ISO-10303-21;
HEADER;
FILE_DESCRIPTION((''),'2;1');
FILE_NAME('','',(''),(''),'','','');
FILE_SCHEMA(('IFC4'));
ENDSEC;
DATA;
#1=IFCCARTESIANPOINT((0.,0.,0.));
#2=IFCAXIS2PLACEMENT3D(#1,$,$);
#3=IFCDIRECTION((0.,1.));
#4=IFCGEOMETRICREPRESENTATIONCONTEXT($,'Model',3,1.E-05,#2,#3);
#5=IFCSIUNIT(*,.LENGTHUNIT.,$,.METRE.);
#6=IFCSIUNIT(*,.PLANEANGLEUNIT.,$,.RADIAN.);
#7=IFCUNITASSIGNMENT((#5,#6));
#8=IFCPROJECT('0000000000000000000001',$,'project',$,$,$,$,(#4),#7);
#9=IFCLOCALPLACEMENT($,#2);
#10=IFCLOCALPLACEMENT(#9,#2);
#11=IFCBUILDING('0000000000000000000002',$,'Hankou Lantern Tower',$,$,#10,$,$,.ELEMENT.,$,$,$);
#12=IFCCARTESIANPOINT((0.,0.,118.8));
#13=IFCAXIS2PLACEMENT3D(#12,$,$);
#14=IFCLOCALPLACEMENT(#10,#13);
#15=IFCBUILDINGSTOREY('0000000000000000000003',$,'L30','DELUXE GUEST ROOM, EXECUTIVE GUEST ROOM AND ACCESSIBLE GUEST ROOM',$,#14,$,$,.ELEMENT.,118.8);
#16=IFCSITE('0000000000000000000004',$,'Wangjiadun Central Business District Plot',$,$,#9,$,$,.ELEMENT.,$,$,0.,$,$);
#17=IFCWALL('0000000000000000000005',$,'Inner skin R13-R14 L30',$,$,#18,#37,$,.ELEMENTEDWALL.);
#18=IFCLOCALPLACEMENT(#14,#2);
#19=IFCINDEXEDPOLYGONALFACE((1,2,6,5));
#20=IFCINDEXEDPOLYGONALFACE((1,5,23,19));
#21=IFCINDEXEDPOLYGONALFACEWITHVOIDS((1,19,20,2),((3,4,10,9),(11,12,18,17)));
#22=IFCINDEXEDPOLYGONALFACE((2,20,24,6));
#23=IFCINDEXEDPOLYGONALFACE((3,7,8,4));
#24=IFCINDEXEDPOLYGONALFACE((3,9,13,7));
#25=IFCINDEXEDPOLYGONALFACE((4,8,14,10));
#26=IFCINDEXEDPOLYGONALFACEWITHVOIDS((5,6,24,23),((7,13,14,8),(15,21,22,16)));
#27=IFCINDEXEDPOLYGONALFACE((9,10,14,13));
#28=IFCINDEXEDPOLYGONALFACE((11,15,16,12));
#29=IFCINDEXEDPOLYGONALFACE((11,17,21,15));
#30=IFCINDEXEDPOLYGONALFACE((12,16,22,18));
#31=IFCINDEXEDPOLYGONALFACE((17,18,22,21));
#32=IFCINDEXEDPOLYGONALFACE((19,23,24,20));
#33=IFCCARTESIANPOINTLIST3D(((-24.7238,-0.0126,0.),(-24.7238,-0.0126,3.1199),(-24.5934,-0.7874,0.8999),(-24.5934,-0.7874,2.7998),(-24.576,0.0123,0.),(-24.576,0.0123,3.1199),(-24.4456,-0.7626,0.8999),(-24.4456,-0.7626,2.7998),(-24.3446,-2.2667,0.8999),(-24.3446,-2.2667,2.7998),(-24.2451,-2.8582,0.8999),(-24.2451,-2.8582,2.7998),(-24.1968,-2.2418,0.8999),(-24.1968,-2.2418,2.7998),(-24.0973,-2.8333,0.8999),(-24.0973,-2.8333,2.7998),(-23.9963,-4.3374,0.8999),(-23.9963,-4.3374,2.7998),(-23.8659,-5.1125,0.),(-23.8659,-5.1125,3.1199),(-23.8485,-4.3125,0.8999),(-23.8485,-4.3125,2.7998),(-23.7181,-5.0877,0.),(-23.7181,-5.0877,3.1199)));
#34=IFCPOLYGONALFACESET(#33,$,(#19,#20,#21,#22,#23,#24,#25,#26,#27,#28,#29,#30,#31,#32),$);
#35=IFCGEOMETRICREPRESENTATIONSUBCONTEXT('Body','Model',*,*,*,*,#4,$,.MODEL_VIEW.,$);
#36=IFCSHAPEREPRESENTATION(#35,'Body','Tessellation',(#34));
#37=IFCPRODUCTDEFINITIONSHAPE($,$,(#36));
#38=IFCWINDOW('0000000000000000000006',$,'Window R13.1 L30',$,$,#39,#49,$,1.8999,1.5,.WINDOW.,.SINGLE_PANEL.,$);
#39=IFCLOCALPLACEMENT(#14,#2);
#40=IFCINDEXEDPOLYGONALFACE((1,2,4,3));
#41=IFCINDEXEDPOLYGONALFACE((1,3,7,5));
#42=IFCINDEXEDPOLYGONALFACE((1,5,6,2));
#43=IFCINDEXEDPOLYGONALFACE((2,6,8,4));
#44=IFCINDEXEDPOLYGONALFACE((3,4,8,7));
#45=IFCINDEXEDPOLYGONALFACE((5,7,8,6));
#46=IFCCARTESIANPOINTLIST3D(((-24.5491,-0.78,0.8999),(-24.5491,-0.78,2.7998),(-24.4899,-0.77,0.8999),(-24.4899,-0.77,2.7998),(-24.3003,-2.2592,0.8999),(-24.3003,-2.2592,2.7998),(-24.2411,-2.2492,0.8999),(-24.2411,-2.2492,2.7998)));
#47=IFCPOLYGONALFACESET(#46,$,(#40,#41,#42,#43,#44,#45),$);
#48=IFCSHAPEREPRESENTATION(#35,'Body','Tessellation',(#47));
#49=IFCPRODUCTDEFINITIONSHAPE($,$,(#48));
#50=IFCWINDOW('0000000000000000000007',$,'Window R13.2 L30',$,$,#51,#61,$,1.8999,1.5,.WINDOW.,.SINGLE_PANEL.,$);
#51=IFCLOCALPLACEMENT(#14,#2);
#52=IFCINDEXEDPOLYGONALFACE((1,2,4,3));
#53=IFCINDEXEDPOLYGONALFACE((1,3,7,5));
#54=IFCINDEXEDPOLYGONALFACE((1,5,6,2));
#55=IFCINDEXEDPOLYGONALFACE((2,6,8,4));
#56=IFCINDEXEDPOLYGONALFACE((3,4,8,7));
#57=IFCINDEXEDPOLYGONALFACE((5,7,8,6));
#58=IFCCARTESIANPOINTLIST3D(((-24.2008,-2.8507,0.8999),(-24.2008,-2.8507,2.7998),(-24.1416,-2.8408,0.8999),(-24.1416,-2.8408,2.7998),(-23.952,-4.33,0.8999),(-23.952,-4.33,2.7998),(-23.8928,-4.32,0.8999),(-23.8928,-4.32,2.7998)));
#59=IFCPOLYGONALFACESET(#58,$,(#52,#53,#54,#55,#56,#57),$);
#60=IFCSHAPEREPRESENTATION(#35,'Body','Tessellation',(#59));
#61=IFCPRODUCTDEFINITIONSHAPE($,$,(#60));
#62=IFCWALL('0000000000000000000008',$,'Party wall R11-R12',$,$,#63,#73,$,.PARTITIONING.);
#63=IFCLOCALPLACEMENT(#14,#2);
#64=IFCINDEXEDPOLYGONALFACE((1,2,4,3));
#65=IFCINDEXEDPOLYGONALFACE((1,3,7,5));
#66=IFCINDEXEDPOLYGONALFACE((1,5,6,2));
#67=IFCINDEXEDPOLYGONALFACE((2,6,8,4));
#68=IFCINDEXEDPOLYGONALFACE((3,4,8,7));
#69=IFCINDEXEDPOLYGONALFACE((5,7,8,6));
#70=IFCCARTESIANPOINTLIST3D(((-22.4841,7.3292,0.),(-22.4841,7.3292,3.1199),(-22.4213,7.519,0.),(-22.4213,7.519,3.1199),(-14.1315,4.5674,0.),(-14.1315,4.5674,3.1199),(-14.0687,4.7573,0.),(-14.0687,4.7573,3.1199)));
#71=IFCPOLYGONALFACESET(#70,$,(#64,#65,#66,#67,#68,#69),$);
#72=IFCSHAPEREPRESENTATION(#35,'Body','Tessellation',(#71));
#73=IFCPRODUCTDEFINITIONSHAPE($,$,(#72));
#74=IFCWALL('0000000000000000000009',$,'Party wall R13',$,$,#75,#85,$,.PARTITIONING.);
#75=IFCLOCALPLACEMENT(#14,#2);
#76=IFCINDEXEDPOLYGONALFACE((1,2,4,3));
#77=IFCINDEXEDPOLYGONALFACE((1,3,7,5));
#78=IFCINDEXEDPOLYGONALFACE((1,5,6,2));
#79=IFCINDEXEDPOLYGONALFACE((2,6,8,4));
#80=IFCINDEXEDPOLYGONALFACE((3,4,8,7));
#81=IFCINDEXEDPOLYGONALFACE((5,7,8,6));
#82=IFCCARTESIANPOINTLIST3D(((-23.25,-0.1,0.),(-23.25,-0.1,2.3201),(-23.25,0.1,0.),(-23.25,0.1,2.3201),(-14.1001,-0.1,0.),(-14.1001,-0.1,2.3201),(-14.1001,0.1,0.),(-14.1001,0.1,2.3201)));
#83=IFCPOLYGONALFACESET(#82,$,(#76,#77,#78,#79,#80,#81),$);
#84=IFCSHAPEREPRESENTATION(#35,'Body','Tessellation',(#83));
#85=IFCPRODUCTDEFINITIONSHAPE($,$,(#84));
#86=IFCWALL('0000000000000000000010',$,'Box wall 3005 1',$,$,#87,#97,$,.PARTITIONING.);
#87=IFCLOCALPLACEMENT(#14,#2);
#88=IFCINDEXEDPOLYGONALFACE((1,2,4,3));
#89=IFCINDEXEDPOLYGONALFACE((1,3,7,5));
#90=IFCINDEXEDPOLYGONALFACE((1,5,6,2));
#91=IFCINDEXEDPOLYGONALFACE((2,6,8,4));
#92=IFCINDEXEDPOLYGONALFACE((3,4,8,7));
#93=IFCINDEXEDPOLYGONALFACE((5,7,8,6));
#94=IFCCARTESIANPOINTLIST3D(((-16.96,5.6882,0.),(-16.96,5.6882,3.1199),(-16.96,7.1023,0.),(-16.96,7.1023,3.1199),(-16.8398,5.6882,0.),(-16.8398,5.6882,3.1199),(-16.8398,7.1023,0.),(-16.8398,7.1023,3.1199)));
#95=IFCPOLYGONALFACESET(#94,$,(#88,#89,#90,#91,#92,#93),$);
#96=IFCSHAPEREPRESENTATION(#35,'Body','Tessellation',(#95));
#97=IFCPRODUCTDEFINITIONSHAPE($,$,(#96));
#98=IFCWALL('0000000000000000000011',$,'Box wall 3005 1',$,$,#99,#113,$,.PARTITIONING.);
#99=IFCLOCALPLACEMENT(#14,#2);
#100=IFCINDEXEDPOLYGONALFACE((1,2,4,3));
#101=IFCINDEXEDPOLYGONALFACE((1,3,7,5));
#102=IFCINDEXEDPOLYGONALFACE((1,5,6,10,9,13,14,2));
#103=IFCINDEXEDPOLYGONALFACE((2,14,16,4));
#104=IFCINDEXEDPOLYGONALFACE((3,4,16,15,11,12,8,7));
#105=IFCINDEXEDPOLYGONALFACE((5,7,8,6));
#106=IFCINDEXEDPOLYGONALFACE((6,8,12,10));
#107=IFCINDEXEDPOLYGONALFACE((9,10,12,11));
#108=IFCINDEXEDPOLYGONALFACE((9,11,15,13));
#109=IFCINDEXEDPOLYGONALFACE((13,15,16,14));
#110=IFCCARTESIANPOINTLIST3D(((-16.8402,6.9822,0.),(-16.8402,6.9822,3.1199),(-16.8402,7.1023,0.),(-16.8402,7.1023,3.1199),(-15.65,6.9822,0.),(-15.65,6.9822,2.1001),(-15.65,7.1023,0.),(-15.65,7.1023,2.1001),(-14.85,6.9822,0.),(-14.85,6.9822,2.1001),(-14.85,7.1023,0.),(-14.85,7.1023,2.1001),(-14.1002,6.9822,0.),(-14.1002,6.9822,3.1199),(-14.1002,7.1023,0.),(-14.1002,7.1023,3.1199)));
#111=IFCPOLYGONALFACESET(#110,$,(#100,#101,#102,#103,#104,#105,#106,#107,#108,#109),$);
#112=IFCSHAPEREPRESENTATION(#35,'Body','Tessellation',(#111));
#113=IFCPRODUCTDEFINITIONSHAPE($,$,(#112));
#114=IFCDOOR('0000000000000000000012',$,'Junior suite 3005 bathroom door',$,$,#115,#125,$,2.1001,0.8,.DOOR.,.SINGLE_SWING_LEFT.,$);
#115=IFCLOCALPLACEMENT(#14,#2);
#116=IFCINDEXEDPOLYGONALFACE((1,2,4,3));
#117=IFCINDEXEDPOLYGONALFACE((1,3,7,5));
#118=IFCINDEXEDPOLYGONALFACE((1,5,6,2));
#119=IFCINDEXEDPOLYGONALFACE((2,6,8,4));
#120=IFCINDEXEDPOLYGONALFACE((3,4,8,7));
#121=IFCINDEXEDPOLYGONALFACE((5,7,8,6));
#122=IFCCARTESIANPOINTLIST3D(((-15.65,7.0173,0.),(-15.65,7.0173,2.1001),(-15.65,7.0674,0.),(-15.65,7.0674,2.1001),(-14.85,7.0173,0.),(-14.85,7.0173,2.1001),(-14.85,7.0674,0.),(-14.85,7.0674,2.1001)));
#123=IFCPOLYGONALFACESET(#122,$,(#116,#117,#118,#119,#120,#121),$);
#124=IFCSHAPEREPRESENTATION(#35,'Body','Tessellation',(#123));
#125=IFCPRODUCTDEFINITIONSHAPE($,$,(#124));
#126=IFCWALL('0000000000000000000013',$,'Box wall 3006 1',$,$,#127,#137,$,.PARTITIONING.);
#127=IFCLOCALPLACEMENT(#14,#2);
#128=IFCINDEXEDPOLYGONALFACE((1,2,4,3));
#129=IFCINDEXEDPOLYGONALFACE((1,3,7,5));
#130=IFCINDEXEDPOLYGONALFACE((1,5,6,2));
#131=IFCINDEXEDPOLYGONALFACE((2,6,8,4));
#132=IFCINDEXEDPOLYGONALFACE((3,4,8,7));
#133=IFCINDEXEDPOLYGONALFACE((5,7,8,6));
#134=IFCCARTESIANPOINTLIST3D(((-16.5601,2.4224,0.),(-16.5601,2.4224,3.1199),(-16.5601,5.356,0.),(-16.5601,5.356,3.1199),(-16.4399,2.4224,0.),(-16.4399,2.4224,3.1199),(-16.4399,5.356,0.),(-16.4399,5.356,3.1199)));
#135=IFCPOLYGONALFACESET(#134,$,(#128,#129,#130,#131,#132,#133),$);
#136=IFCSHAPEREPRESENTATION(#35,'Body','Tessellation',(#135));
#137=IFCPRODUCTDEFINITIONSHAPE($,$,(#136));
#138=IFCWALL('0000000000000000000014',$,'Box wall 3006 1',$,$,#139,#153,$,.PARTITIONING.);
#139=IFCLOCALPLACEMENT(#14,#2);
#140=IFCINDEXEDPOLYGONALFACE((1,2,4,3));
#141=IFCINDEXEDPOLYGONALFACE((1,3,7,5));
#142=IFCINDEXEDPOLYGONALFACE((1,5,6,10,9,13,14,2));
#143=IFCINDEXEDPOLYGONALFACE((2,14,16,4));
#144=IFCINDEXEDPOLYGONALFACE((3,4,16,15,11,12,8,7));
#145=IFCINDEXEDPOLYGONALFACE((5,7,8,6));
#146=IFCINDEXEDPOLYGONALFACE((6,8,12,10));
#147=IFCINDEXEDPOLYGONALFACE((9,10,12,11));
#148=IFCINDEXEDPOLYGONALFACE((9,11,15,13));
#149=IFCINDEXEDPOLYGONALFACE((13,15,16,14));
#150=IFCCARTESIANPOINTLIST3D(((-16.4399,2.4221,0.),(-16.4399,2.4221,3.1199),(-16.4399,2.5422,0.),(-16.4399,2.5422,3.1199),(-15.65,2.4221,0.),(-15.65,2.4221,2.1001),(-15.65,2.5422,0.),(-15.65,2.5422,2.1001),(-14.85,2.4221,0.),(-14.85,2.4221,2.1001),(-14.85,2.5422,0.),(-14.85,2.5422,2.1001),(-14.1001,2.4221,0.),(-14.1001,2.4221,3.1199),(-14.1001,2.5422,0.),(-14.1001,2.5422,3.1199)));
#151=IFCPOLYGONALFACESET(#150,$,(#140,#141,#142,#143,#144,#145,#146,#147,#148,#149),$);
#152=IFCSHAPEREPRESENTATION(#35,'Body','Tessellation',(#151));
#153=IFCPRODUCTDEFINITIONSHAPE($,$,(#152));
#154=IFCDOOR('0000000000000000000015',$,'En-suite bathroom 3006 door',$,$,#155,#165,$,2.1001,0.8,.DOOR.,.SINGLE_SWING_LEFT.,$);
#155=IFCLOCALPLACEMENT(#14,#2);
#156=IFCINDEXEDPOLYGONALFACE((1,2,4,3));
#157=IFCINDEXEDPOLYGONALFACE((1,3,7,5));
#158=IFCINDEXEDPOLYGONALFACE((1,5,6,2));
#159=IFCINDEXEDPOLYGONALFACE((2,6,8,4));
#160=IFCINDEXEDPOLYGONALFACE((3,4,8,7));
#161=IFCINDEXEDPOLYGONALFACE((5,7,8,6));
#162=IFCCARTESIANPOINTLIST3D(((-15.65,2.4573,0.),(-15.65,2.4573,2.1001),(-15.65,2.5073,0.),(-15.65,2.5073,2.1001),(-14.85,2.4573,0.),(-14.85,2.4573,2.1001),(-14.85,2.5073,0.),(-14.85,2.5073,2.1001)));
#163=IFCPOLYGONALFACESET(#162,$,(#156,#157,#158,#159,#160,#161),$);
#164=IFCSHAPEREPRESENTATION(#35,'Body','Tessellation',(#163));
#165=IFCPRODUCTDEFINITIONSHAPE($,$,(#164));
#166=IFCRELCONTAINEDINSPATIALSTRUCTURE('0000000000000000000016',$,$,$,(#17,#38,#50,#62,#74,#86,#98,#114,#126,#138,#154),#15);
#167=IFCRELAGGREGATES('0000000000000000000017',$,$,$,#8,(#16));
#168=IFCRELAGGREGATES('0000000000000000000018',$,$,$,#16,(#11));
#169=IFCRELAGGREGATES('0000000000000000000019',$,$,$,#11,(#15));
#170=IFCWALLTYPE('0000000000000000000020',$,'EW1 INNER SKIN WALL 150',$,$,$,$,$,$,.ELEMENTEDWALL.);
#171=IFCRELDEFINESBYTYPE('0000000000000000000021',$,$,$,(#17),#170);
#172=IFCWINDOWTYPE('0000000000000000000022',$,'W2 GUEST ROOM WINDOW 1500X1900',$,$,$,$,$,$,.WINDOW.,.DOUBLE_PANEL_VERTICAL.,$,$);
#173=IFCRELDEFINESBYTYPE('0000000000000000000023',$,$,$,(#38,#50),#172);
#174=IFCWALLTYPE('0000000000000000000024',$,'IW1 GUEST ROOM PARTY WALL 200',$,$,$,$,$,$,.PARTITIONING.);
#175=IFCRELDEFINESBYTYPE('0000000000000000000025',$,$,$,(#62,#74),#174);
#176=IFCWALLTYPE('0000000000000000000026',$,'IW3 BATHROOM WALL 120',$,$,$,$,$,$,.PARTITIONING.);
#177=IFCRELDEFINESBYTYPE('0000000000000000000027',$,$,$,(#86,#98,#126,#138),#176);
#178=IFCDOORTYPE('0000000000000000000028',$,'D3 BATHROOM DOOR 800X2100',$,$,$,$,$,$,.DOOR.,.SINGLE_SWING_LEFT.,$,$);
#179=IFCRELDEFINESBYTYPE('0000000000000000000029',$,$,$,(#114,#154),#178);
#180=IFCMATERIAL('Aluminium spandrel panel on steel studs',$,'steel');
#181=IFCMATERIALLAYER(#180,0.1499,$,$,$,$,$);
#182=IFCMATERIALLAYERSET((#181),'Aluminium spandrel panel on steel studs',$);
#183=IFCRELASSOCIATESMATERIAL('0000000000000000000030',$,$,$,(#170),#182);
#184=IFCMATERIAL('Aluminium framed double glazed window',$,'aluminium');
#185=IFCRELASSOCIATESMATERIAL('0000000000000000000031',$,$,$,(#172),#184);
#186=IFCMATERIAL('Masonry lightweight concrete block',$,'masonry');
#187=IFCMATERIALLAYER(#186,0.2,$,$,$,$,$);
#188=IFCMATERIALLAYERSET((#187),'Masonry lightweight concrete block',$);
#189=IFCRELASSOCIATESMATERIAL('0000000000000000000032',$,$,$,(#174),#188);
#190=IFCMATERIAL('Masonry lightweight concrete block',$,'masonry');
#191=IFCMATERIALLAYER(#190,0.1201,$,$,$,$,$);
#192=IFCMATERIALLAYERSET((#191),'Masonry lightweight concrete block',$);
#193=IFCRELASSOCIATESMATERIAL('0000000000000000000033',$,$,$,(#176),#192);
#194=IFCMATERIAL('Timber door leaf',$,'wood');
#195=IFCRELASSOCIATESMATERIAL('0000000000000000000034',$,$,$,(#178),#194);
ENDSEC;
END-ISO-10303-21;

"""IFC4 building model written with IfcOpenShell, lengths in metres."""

from ifc_helpers import new_model, si_unit, direction, frame, frame_2d, origin, place, context, subcontext, project, spatial, rectangle, extrude, material, layer, layer_set, type_object, element, fill, save


model = new_model("IFC4")

# Units and contexts
model_context = context("Model", 3, precision=1e-05, world=origin(), true_north=direction((0.0, 1.0)))
body_context = subcontext(model_context, "Body", "Model", "MODEL_VIEW")
ifc_project = project(units=[si_unit("LENGTHUNIT", "METRE"), si_unit("PLANEANGLEUNIT", "RADIAN")], contexts=[model_context])

# Site, building, storey
site_placement = place(None, origin())
site = spatial("IfcSite", under=ifc_project, at=site_placement, Name="Wangjiadun Central Business District Plot", CompositionType="ELEMENT", RefElevation=0.0)
building_placement = place(site_placement, origin())
building = spatial("IfcBuilding", under=site, at=building_placement, Name="Hankou Lantern Tower", CompositionType="ELEMENT")
storey_placement = place(building_placement, frame((0.0, 0.0, 118.8)))
storey = spatial("IfcBuildingStorey", under=building, at=storey_placement, Name="L30", Description="DELUXE GUEST ROOM, EXECUTIVE GUEST ROOM AND ACCESSIBLE GUEST ROOM", CompositionType="ELEMENT", Elevation=118.8)

# Wall, openings, windows
ifc_material_1 = material(Name="Aluminium spandrel panel on steel studs", Category="steel")
ifc_layer_1 = layer(ifc_material_1, 0.1499)
ifc_layer_set_1 = layer_set([ifc_layer_1], Name="Aluminium spandrel panel on steel studs")
wall_type_1 = type_object("IfcWallType", Name="EW1 INNER SKIN WALL 150", PredefinedType="ELEMENTEDWALL", material=ifc_layer_set_1)
ifc_material_2 = material(Name="Aluminium framed double glazed window", Category="aluminium")
window_type = type_object("IfcWindowType", Name="W2 GUEST ROOM WINDOW 1500X1900", PartitioningType="DOUBLE_PANEL_VERTICAL", PredefinedType="WINDOW", material=ifc_material_2)
wall_1_placement = place(storey_placement, frame((-24.6499, 0.0, 0.0), z_axis=(0.0, 0.0, 1.0), x_axis=(0.165884, -0.986145, 0.0)))
wall_1 = element("IfcWall", 1, at=wall_1_placement, inside=storey, type_object=wall_type_1, Name="Inner skin R13-R14 L30", PredefinedType="ELEMENTEDWALL", context=body_context, shape_type="SweptSolid", body=[
    extrude(rectangle(XDim=5.1716, YDim=0.1499, at=frame_2d((2.5859, 0.0))), origin(), (0.0, 0.0, 1.0), 3.1199),
])
opening_1_placement = place(wall_1_placement, frame((0.7859, 0.0, 0.8999)))
opening_1 = element("IfcOpeningElement", 2, at=opening_1_placement, cuts=wall_1, PredefinedType="OPENING", context=body_context, shape_type="SweptSolid", body=[
    extrude(rectangle(XDim=1.5, YDim=1.8999, at=frame_2d((0.75, 0.95))), frame((0.0, 0.085, 0.0), z_axis=(0.0, -1.0, 0.0), x_axis=(1.0, 0.0, 0.0)), (0.0, 0.0, 1.0), 0.1699),
])
opening_2_placement = place(wall_1_placement, frame((2.8857, 0.0, 0.8999)))
opening_2 = element("IfcOpeningElement", 3, at=opening_2_placement, cuts=wall_1, PredefinedType="OPENING", context=body_context, shape_type="SweptSolid", body=[
    extrude(rectangle(XDim=1.5, YDim=1.8999, at=frame_2d((0.75, 0.95))), frame((0.0, 0.085, 0.0), z_axis=(0.0, -1.0, 0.0), x_axis=(1.0, 0.0, 0.0)), (0.0, 0.0, 1.0), 0.1699),
])
window_1_placement = place(opening_1_placement, origin())
window_1 = element("IfcWindow", 4, at=window_1_placement, inside=storey, type_object=window_type, Name="Window R13.1 L30", OverallHeight=1.8999, OverallWidth=1.5, PartitioningType="SINGLE_PANEL", PredefinedType="WINDOW", context=body_context, shape_type="SweptSolid", body=[
    extrude(rectangle(XDim=1.5, YDim=1.8999, at=frame_2d((0.75, 0.95))), frame((0.0, 0.03, 0.0), z_axis=(0.0, -1.0, 0.0), x_axis=(1.0, 0.0, 0.0)), (0.0, 0.0, 1.0), 0.0601),
])
fill(opening_1, window_1)
window_2_placement = place(opening_2_placement, origin())
window_2 = element("IfcWindow", 5, at=window_2_placement, inside=storey, type_object=window_type, Name="Window R13.2 L30", OverallHeight=1.8999, OverallWidth=1.5, PartitioningType="SINGLE_PANEL", PredefinedType="WINDOW", context=body_context, shape_type="SweptSolid", body=[
    extrude(rectangle(XDim=1.5, YDim=1.8999, at=frame_2d((0.75, 0.95))), frame((0.0, 0.03, 0.0), z_axis=(0.0, -1.0, 0.0), x_axis=(1.0, 0.0, 0.0)), (0.0, 0.0, 1.0), 0.0601),
])
fill(opening_2, window_2)

# Walls
ifc_material_3 = material(Name="Masonry lightweight concrete block", Category="masonry")
ifc_layer_2 = layer(ifc_material_3, 0.2)
ifc_layer_set_2 = layer_set([ifc_layer_2], Name="Masonry lightweight concrete block")
wall_type_2 = type_object("IfcWallType", Name="IW1 GUEST ROOM PARTY WALL 200", PredefinedType="PARTITIONING", material=ifc_layer_set_2)
wall_2_placement = place(storey_placement, frame((-14.1001, 4.6624, 0.0), z_axis=(0.0, 0.0, 1.0), x_axis=(-0.949446, 0.313929, 0.0)))
element("IfcWall", 6, at=wall_2_placement, inside=storey, type_object=wall_type_2, Name="Party wall R11-R12", PredefinedType="PARTITIONING", context=body_context, shape_type="SweptSolid", body=[
    extrude(rectangle(XDim=8.7974, YDim=0.2, at=frame_2d((4.3987, 0.0))), origin(), (0.0, 0.0, 1.0), 3.1199),
])
wall_3_placement = place(storey_placement, frame((-14.1001, 0.0, 0.0), z_axis=(0.0, 0.0, 1.0), x_axis=(-1.0, 0.0, 0.0)))
element("IfcWall", 7, at=wall_3_placement, inside=storey, type_object=wall_type_2, Name="Party wall R13", PredefinedType="PARTITIONING", context=body_context, shape_type="SweptSolid", body=[
    extrude(rectangle(XDim=9.1499, YDim=0.2, at=frame_2d((4.575, 0.0))), origin(), (0.0, 0.0, 1.0), 2.3201),
])
ifc_material_4 = material(Name="Masonry lightweight concrete block", Category="masonry")
ifc_layer_3 = layer(ifc_material_4, 0.1201)
ifc_layer_set_3 = layer_set([ifc_layer_3], Name="Masonry lightweight concrete block")
wall_type_3 = type_object("IfcWallType", Name="IW3 BATHROOM WALL 120", PredefinedType="PARTITIONING", material=ifc_layer_set_3)
wall_4_placement = place(storey_placement, frame((-16.8999, 5.6882, 0.0), z_axis=(0.0, 0.0, 1.0), x_axis=(0.0, 1.0, 0.0)))
element("IfcWall", 8, at=wall_4_placement, inside=storey, type_object=wall_type_3, Name="Box wall 3005 1", PredefinedType="PARTITIONING", context=body_context, shape_type="SweptSolid", body=[
    extrude(rectangle(XDim=1.4141, YDim=0.1201, at=frame_2d((0.707, 0.0))), origin(), (0.0, 0.0, 1.0), 3.1199),
])

# Wall, opening, door
wall_5_placement = place(storey_placement, frame((-14.1001, 7.0422, 0.0), z_axis=(0.0, 0.0, 1.0), x_axis=(-1.0, 0.0, 0.0)))
wall_5 = element("IfcWall", 9, at=wall_5_placement, inside=storey, type_object=wall_type_3, Name="Box wall 3005 1", PredefinedType="PARTITIONING", context=body_context, shape_type="SweptSolid", body=[
    extrude(rectangle(XDim=2.74, YDim=0.1201, at=frame_2d((1.3701, 0.0))), origin(), (0.0, 0.0, 1.0), 3.1199),
])
opening_3_placement = place(wall_5_placement, frame((0.75, 0.0, 0.0)))
opening_3 = element("IfcOpeningElement", 10, at=opening_3_placement, cuts=wall_5, PredefinedType="OPENING", context=body_context, shape_type="SweptSolid", body=[
    extrude(rectangle(XDim=0.8, YDim=2.1001, at=frame_2d((0.3999, 1.05))), frame((0.0, 0.0701, 0.0), z_axis=(0.0, -1.0, 0.0), x_axis=(1.0, 0.0, 0.0)), (0.0, 0.0, 1.0), 0.1401),
])
ifc_material_5 = material(Name="Timber door leaf", Category="wood")
door_type = type_object("IfcDoorType", Name="D3 BATHROOM DOOR 800X2100", OperationType="SINGLE_SWING_LEFT", PredefinedType="DOOR", material=ifc_material_5)
door_1_placement = place(opening_3_placement, origin())
door_1 = element("IfcDoor", 11, at=door_1_placement, inside=storey, type_object=door_type, Name="Junior suite 3005 bathroom door", OperationType="SINGLE_SWING_LEFT", OverallHeight=2.1001, OverallWidth=0.8, PredefinedType="DOOR", context=body_context, shape_type="SweptSolid", body=[
    extrude(rectangle(XDim=0.8, YDim=2.1001, at=frame_2d((0.3999, 1.05))), frame((0.0, 0.0249, 0.0), z_axis=(0.0, -1.0, 0.0), x_axis=(1.0, 0.0, 0.0)), (0.0, 0.0, 1.0), 0.05),
])
fill(opening_3, door_1)

# Wall
wall_6_placement = place(storey_placement, frame((-16.5, 5.356, 0.0), z_axis=(0.0, 0.0, 1.0), x_axis=(0.0, -1.0, 0.0)))
element("IfcWall", 12, at=wall_6_placement, inside=storey, type_object=wall_type_3, Name="Box wall 3006 1", PredefinedType="PARTITIONING", context=body_context, shape_type="SweptSolid", body=[
    extrude(rectangle(XDim=2.9336, YDim=0.1201, at=frame_2d((1.4668, 0.0))), origin(), (0.0, 0.0, 1.0), 3.1199),
])

# Wall, opening, door
wall_7_placement = place(storey_placement, frame((-14.1001, 2.4822, 0.0), z_axis=(0.0, 0.0, 1.0), x_axis=(-1.0, 0.0, 0.0)))
wall_7 = element("IfcWall", 13, at=wall_7_placement, inside=storey, type_object=wall_type_3, Name="Box wall 3006 1", PredefinedType="PARTITIONING", context=body_context, shape_type="SweptSolid", body=[
    extrude(rectangle(XDim=2.3398, YDim=0.1201, at=frame_2d((1.1699, 0.0))), origin(), (0.0, 0.0, 1.0), 3.1199),
])
opening_4_placement = place(wall_7_placement, frame((0.75, 0.0, 0.0)))
opening_4 = element("IfcOpeningElement", 14, at=opening_4_placement, cuts=wall_7, PredefinedType="OPENING", context=body_context, shape_type="SweptSolid", body=[
    extrude(rectangle(XDim=0.8, YDim=2.1001, at=frame_2d((0.3999, 1.05))), frame((0.0, 0.0701, 0.0), z_axis=(0.0, -1.0, 0.0), x_axis=(1.0, 0.0, 0.0)), (0.0, 0.0, 1.0), 0.1401),
])
door_2_placement = place(opening_4_placement, origin())
door_2 = element("IfcDoor", 15, at=door_2_placement, inside=storey, type_object=door_type, Name="En-suite bathroom 3006 door", OperationType="SINGLE_SWING_LEFT", OverallHeight=2.1001, OverallWidth=0.8, PredefinedType="DOOR", context=body_context, shape_type="SweptSolid", body=[
    extrude(rectangle(XDim=0.8, YDim=2.1001, at=frame_2d((0.3999, 1.05))), frame((0.0, 0.0249, 0.0), z_axis=(0.0, -1.0, 0.0), x_axis=(1.0, 0.0, 0.0)), (0.0, 0.0, 1.0), 0.05),
])
fill(opening_4, door_2)

save(model, "model.ifc")
